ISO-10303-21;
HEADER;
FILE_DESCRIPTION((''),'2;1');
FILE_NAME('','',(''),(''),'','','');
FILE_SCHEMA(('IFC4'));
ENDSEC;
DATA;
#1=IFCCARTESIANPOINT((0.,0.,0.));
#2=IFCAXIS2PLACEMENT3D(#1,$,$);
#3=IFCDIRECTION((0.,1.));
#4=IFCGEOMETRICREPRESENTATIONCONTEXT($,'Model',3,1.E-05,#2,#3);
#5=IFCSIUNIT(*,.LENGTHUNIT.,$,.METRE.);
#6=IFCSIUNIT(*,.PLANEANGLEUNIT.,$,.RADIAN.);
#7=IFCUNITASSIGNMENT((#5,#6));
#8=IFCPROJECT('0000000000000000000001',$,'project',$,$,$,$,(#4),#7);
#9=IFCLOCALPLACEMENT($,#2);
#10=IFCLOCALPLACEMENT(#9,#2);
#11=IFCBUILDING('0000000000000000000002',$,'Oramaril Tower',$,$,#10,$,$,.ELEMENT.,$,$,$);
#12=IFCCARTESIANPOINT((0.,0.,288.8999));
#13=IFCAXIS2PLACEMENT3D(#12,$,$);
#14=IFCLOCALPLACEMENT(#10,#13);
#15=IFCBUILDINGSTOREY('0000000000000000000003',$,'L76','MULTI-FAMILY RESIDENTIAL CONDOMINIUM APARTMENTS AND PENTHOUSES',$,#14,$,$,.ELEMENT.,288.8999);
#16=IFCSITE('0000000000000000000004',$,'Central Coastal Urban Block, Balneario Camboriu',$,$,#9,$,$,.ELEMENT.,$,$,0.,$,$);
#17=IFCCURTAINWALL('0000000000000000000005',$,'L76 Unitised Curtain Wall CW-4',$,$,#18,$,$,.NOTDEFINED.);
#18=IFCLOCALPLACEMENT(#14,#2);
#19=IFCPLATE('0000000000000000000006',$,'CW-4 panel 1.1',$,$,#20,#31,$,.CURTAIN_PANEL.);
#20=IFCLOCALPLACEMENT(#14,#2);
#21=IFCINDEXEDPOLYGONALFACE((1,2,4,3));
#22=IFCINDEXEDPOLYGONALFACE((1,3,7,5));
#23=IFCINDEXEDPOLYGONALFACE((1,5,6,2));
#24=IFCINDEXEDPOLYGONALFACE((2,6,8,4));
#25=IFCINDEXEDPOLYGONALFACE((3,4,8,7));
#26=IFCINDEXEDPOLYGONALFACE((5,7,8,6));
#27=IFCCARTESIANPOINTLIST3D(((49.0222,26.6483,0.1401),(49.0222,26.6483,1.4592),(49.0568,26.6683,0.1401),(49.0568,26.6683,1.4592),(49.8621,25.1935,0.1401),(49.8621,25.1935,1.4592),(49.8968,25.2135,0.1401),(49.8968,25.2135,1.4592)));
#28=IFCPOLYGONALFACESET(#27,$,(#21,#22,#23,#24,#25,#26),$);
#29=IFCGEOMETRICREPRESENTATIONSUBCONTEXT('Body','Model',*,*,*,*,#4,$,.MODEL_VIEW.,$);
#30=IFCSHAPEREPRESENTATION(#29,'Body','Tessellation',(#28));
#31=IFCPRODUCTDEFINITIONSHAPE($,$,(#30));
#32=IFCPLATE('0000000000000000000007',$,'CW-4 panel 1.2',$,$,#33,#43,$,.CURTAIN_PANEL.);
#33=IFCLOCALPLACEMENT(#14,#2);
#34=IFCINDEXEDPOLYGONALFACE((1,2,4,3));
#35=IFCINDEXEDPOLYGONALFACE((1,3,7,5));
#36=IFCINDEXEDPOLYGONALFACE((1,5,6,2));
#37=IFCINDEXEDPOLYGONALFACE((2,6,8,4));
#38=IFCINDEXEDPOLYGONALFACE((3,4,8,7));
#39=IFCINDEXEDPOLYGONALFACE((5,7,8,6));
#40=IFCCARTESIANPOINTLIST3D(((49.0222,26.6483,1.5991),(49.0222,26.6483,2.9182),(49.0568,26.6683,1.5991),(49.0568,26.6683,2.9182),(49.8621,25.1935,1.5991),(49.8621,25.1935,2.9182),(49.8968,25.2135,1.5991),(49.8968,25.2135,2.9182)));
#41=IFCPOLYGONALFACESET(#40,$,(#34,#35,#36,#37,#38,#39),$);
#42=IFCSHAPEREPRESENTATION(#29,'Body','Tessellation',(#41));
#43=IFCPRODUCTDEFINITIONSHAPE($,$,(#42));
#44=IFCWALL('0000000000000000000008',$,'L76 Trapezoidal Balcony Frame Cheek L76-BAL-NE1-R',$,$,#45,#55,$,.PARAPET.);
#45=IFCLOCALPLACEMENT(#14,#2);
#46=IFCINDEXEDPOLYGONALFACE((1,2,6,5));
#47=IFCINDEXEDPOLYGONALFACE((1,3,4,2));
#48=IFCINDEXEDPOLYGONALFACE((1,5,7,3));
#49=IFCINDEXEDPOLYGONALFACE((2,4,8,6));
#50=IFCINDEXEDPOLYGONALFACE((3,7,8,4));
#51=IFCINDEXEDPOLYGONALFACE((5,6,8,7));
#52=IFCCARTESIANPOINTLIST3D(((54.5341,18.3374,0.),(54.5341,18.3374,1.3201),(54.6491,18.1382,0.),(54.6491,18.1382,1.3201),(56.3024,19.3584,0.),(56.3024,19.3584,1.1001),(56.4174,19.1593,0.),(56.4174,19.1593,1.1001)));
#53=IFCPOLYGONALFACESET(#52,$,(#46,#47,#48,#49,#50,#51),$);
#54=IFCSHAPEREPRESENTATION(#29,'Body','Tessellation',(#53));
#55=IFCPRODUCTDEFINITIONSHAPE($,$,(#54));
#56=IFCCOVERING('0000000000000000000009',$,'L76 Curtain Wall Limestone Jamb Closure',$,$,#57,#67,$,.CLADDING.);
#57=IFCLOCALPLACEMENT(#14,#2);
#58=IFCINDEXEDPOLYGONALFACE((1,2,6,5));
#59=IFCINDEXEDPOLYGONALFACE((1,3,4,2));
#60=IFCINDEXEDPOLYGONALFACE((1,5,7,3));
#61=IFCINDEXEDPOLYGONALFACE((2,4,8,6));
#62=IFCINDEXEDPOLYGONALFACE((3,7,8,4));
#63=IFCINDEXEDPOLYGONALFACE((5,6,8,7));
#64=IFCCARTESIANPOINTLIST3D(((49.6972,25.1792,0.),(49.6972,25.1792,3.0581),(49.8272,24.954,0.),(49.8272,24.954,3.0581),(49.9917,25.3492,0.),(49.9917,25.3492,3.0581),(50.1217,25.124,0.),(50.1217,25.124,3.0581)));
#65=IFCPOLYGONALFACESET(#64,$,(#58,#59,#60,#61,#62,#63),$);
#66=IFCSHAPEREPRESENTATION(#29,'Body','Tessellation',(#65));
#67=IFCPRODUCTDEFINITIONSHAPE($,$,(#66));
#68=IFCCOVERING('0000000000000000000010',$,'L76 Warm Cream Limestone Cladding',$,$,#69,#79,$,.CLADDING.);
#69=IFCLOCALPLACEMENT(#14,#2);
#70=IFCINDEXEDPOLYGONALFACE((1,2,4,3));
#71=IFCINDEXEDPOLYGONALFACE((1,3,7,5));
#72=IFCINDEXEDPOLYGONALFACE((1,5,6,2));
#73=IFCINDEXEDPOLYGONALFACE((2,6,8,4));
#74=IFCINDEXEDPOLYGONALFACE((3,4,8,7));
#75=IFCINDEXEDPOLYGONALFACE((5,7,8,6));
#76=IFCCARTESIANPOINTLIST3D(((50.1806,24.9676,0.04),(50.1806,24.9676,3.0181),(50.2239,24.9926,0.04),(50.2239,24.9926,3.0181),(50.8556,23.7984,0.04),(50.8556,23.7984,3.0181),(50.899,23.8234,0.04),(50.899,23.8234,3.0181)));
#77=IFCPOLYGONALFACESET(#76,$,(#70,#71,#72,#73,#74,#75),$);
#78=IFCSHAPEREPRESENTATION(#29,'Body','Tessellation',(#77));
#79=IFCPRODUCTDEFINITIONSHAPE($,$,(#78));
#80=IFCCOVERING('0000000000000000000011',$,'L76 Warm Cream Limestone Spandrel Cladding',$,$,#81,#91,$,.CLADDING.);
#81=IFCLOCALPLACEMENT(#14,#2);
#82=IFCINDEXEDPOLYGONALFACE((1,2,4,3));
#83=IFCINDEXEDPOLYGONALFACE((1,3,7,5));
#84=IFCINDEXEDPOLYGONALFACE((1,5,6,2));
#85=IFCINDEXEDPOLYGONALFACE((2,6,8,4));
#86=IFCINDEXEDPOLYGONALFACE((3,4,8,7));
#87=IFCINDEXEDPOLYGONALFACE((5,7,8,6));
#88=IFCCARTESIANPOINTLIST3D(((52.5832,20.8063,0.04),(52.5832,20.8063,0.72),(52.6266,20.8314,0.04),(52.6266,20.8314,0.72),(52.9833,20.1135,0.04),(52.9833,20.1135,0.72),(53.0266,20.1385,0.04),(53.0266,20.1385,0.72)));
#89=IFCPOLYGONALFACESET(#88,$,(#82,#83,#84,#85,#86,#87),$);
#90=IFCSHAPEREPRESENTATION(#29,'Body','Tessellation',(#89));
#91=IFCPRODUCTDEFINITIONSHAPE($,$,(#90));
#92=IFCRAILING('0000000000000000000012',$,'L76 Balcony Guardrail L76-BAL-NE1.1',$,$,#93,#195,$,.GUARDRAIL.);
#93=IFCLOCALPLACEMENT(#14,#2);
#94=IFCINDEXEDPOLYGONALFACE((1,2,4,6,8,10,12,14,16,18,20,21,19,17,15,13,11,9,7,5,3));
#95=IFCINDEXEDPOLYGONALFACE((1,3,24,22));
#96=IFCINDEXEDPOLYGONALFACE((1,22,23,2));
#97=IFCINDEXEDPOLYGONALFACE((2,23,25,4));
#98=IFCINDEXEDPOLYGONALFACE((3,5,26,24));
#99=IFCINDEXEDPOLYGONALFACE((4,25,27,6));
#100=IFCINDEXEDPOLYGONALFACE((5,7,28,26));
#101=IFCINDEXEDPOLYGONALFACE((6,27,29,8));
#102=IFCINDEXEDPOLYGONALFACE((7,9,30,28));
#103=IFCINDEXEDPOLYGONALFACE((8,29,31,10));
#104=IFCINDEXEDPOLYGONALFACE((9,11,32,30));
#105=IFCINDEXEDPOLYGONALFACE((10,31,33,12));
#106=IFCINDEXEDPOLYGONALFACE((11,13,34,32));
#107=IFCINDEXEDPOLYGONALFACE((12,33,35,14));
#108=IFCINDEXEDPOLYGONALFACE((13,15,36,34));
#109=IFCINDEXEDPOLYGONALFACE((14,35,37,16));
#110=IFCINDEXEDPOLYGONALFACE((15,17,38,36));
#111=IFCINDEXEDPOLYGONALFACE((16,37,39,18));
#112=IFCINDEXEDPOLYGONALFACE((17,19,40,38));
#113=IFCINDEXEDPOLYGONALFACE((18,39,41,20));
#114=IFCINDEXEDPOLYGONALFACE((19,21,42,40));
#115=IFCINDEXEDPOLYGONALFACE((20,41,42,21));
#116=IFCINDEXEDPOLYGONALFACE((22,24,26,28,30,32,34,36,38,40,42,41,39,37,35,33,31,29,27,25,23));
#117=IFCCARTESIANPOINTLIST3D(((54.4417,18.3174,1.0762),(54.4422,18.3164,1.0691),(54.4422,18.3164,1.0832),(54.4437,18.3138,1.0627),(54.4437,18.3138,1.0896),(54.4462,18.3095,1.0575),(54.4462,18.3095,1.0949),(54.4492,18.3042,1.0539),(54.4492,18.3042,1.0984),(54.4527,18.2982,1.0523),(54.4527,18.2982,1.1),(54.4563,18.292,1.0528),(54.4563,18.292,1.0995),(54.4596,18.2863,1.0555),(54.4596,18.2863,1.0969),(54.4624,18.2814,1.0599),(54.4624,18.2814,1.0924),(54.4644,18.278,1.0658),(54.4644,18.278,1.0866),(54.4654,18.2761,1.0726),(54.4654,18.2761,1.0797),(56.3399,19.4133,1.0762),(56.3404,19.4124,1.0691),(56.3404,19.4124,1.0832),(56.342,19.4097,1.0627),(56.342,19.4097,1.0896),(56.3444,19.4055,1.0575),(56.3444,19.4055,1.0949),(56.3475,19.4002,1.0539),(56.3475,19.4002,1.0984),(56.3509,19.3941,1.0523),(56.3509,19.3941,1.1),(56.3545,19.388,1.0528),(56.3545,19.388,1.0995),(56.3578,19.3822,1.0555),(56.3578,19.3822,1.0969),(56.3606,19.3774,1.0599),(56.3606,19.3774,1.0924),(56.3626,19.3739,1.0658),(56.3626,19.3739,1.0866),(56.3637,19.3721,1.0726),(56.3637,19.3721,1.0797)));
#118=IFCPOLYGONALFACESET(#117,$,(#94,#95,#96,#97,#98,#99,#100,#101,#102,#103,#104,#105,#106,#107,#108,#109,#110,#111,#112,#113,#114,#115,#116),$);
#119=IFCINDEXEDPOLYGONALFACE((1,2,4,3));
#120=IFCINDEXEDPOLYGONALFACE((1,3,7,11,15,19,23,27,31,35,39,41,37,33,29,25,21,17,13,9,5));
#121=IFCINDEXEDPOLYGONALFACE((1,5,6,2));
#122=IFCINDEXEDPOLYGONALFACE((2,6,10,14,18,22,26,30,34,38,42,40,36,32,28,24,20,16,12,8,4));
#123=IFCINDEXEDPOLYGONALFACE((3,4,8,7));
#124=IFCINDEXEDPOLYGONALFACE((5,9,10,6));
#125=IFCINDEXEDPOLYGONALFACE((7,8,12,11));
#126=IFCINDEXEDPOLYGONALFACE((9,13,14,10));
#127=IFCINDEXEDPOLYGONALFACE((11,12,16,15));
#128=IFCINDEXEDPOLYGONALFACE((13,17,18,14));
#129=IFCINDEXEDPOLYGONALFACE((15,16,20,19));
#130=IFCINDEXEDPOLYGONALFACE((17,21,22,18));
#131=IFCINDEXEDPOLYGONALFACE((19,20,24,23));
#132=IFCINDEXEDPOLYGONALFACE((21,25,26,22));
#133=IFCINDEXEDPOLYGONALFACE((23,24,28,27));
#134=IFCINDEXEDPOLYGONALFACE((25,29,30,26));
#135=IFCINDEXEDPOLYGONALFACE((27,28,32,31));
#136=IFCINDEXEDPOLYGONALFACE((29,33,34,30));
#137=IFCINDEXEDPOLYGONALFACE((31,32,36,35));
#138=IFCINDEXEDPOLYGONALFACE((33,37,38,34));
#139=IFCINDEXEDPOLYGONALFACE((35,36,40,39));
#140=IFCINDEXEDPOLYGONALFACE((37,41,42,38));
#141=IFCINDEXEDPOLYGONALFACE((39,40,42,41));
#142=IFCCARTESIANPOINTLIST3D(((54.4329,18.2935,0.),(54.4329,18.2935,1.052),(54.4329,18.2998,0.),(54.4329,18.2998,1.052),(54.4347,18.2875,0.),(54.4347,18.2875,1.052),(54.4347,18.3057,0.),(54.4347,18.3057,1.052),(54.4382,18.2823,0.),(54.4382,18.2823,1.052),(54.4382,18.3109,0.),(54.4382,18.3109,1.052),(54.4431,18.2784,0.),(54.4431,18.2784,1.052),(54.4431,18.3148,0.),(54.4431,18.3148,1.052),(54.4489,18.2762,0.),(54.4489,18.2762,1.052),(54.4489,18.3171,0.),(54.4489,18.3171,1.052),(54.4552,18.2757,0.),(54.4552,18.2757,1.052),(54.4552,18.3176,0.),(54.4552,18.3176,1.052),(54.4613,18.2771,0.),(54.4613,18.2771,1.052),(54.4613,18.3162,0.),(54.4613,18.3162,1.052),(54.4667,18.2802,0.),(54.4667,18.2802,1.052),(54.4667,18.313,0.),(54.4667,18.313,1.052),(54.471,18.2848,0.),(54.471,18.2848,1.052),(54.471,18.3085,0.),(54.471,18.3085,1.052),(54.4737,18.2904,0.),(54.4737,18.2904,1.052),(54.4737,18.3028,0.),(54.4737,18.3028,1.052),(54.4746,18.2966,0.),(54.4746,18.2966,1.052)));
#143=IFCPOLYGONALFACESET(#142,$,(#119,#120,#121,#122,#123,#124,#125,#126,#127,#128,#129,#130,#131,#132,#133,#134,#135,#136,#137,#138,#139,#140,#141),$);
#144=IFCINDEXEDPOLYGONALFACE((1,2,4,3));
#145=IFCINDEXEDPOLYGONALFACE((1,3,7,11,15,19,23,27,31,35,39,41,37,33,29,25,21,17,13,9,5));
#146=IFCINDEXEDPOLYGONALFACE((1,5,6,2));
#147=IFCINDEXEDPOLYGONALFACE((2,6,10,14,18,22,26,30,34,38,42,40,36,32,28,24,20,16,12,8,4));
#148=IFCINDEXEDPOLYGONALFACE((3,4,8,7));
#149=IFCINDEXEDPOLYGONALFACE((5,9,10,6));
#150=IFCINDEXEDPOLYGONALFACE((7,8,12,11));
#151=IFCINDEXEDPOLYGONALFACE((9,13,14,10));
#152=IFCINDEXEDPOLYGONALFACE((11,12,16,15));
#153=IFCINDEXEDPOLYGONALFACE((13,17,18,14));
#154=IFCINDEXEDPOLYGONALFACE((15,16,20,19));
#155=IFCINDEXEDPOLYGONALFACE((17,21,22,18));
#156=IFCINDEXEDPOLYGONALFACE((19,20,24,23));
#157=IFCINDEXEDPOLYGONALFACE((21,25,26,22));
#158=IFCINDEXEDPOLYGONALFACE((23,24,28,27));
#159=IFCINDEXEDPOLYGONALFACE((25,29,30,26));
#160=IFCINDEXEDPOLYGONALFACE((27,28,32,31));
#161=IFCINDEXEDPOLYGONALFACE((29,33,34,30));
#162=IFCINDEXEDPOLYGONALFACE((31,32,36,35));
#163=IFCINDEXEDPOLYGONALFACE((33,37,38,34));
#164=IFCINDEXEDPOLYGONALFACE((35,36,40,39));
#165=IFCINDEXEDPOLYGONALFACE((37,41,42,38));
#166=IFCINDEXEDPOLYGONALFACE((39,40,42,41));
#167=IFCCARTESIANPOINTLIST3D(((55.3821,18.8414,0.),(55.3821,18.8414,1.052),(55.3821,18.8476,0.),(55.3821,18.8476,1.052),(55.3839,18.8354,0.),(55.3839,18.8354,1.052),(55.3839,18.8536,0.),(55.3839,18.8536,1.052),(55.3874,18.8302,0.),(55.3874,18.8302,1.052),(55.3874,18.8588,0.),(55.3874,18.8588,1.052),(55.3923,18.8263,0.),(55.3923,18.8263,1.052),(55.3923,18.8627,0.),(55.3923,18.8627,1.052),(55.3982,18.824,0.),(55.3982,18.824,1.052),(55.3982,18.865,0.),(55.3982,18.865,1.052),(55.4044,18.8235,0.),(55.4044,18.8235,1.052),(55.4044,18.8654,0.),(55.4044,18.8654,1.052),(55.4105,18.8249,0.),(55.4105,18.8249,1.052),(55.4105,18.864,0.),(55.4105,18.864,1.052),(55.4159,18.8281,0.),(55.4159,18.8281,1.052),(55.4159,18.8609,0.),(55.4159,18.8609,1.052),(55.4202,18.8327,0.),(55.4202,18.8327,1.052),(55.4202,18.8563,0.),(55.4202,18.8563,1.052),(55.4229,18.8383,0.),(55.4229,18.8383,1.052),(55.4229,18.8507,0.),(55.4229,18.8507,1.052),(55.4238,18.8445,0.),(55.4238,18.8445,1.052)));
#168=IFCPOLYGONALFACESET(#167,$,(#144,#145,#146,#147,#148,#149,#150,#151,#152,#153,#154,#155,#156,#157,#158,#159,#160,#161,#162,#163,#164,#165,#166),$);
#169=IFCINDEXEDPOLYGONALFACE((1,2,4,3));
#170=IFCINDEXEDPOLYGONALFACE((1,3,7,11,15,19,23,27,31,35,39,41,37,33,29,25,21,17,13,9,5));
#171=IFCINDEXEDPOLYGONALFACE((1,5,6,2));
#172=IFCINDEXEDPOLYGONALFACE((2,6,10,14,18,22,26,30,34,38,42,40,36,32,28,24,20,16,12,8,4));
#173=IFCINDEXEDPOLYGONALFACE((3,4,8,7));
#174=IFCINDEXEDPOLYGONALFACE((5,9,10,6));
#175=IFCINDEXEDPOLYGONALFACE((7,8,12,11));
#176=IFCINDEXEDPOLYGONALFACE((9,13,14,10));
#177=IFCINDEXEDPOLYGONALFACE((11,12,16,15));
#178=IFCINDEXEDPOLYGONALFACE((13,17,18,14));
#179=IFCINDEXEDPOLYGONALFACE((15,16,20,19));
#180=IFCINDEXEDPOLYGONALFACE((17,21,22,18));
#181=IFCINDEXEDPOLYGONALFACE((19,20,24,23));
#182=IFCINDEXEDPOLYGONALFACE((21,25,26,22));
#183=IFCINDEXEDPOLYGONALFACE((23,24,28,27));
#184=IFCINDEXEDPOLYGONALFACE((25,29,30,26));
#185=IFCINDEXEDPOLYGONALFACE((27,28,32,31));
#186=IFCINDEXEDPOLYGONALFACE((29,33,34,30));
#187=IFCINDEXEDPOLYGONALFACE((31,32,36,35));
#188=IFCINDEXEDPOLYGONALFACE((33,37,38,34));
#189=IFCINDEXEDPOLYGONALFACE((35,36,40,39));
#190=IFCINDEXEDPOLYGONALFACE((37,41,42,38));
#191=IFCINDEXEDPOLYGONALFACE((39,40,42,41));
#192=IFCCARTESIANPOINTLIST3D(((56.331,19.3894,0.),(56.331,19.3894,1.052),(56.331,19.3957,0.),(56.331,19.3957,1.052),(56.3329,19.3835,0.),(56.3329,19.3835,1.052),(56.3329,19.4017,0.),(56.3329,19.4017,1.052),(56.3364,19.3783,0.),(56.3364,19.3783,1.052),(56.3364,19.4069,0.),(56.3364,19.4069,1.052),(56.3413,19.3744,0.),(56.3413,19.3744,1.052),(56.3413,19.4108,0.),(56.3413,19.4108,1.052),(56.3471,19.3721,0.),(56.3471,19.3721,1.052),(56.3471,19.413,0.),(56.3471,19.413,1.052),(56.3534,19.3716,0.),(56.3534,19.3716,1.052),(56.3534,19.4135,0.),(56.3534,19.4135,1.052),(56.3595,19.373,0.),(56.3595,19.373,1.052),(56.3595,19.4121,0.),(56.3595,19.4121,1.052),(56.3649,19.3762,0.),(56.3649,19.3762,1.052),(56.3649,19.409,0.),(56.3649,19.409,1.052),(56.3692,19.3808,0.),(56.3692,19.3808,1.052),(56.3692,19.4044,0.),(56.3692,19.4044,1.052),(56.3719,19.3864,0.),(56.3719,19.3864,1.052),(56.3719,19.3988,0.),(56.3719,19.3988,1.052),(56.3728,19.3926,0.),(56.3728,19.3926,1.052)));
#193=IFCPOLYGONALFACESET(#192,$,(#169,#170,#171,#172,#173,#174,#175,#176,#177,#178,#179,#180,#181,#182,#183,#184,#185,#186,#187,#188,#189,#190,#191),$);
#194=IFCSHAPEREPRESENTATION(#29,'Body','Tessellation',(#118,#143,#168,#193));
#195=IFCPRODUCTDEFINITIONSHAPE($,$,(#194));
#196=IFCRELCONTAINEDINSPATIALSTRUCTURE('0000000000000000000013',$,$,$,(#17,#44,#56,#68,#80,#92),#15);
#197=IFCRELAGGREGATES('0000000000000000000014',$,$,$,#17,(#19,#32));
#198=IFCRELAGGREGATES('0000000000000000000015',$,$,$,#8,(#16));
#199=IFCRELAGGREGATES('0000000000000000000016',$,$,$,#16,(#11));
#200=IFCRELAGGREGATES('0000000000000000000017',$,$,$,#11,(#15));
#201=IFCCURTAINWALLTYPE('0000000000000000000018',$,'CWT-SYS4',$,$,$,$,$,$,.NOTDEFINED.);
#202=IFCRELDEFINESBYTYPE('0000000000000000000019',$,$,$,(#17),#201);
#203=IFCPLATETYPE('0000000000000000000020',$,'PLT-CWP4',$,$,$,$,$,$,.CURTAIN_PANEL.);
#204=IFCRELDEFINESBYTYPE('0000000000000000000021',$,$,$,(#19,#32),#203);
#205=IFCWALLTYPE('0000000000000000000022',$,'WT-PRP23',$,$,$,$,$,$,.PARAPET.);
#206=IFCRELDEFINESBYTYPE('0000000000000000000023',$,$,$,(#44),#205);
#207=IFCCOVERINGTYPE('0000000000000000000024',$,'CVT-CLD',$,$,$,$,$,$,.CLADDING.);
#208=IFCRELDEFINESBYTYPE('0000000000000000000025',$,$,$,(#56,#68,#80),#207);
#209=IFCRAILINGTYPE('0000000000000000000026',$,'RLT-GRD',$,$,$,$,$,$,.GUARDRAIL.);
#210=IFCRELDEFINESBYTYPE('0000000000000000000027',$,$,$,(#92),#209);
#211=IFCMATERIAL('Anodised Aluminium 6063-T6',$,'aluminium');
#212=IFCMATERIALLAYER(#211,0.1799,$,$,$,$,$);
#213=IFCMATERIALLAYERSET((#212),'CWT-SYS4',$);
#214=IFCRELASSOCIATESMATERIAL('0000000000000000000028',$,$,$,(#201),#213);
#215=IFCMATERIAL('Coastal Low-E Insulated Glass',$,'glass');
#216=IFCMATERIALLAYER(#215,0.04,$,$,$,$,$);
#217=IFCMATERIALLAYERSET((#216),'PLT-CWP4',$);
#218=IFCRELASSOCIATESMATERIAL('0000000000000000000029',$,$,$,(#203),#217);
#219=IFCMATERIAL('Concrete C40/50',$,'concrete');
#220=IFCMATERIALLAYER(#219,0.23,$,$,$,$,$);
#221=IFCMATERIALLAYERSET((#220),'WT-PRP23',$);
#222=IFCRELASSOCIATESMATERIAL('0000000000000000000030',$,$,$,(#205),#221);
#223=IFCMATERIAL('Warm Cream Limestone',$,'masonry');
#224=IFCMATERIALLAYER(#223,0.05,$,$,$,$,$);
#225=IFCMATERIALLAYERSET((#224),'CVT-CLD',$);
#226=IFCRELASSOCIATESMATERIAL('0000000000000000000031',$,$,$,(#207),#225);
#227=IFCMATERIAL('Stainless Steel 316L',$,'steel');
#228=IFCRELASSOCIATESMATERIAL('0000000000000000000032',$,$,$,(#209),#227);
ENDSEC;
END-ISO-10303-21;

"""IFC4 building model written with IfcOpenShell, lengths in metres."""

from ifc_helpers import new_model, si_unit, direction, frame, origin, origin_2d, place, context, subcontext, project, spatial, polyline, rectangle, circle, outline, extrude, material, layer, layer_set, type_object, element, aggregate, save


model = new_model("IFC4")

# Units and contexts
model_context = context("Model", 3, precision=1e-05, world=origin(), true_north=direction((0.0, 1.0)))
body_context = subcontext(model_context, "Body", "Model", "MODEL_VIEW")
ifc_project = project(units=[si_unit("LENGTHUNIT", "METRE"), si_unit("PLANEANGLEUNIT", "RADIAN")], contexts=[model_context])

# Site, building, storey
site_placement = place(None, origin())
site = spatial("IfcSite", under=ifc_project, at=site_placement, Name="Central Coastal Urban Block, Balneario Camboriu", CompositionType="ELEMENT", RefElevation=0.0)
building_placement = place(site_placement, origin())
building = spatial("IfcBuilding", under=site, at=building_placement, Name="Oramaril Tower", CompositionType="ELEMENT")
storey_placement = place(building_placement, frame((0.0, 0.0, 288.8999)))
storey = spatial("IfcBuildingStorey", under=building, at=storey_placement, Name="L76", Description="MULTI-FAMILY RESIDENTIAL CONDOMINIUM APARTMENTS AND PENTHOUSES", CompositionType="ELEMENT", Elevation=288.8999)

# Curtain wall, plates
ifc_material_1 = material(Name="Anodised Aluminium 6063-T6", Category="aluminium")
ifc_layer_1 = layer(ifc_material_1, 0.1799)
ifc_layer_set_1 = layer_set([ifc_layer_1], Name="CWT-SYS4")
curtain_wall_type = type_object("IfcCurtainWallType", Name="CWT-SYS4", PredefinedType="NOTDEFINED", material=ifc_layer_set_1)
curtain_wall_placement = place(storey_placement, origin())
curtain_wall = element("IfcCurtainWall", 1, at=curtain_wall_placement, inside=storey, type_object=curtain_wall_type, Name="L76 Unitised Curtain Wall CW-4", PredefinedType="NOTDEFINED")
ifc_material_2 = material(Name="Coastal Low-E Insulated Glass", Category="glass")
ifc_layer_2 = layer(ifc_material_2, 0.04)
ifc_layer_set_2 = layer_set([ifc_layer_2], Name="PLT-CWP4")
plate_type = type_object("IfcPlateType", Name="PLT-CWP4", PredefinedType="CURTAIN_PANEL", material=ifc_layer_set_2)
plate_1_placement = place(storey_placement, frame((49.4595, 25.9309, 0.1401), z_axis=(0.0, 0.0, 1.0), x_axis=(-0.5, 0.866025, 0.0)))
plate_1 = element("IfcPlate", 2, at=plate_1_placement, type_object=plate_type, Name="CW-4 panel 1.1", PredefinedType="CURTAIN_PANEL", context=body_context, shape_type="SweptSolid", body=[
    extrude(rectangle(XDim=1.6799, YDim=0.04, at=origin_2d()), origin(), (0.0, 0.0, 1.0), 1.3191),
])
plate_2_placement = place(storey_placement, frame((49.4595, 25.9309, 1.5991), z_axis=(0.0, 0.0, 1.0), x_axis=(-0.5, 0.866025, 0.0)))
plate_2 = element("IfcPlate", 3, at=plate_2_placement, type_object=plate_type, Name="CW-4 panel 1.2", PredefinedType="CURTAIN_PANEL", context=body_context, shape_type="SweptSolid", body=[
    extrude(rectangle(XDim=1.6799, YDim=0.04, at=origin_2d()), origin(), (0.0, 0.0, 1.0), 1.3191),
])
aggregate(curtain_wall, [plate_1, plate_2])

# Wall
ifc_material_3 = material(Name="Concrete C40/50", Category="concrete")
ifc_layer_3 = layer(ifc_material_3, 0.23)
ifc_layer_set_3 = layer_set([ifc_layer_3], Name="WT-PRP23")
wall_type = type_object("IfcWallType", Name="WT-PRP23", PredefinedType="PARAPET", material=ifc_layer_set_3)
wall_placement = place(storey_placement, frame((54.5916, 18.2378, 0.0), z_axis=(0.0, 0.0, 1.0), x_axis=(0.866012, 0.500023, 0.0)))
element("IfcWall", 4, at=wall_placement, inside=storey, type_object=wall_type, Name="L76 Trapezoidal Balcony Frame Cheek L76-BAL-NE1-R", PredefinedType="PARAPET", context=body_context, shape_type="SweptSolid", body=[
    extrude(outline(polyline([(0.0, 0.0), (2.042, 0.0), (2.042, 1.1001), (0.0, 1.3201), (0.0, 0.0)])), frame((0.0, 0.115, 0.0), z_axis=(0.0, -1.0, 0.0), x_axis=(1.0, 0.0, 0.0)), (0.0, 0.0, 1.0), 0.23),
])

# Coverings
ifc_material_4 = material(Name="Warm Cream Limestone", Category="masonry")
ifc_layer_4 = layer(ifc_material_4, 0.05)
ifc_layer_set_4 = layer_set([ifc_layer_4], Name="CVT-CLD")
covering_type = type_object("IfcCoveringType", Name="CVT-CLD", PredefinedType="CLADDING", material=ifc_layer_set_4)
covering_1_placement = place(storey_placement, frame((49.9094, 25.1516, 0.0), z_axis=(0.0, 0.0, 1.0), x_axis=(-0.5, 0.866025, 0.0)))
element("IfcCovering", 5, at=covering_1_placement, inside=storey, type_object=covering_type, Name="L76 Curtain Wall Limestone Jamb Closure", PredefinedType="CLADDING", context=body_context, shape_type="SweptSolid", body=[
    extrude(rectangle(XDim=0.26, YDim=0.3401, at=origin_2d()), origin(), (0.0, 0.0, 1.0), 3.0581),
])
covering_2_placement = place(storey_placement, frame((50.5398, 24.3955, 0.04), z_axis=(0.0, 0.0, 1.0), x_axis=(-0.499998, 0.866026, 0.0)))
element("IfcCovering", 6, at=covering_2_placement, inside=storey, type_object=covering_type, Name="L76 Warm Cream Limestone Cladding", PredefinedType="CLADDING", context=body_context, shape_type="SweptSolid", body=[
    extrude(rectangle(XDim=1.3501, YDim=0.05, at=origin_2d()), origin(), (0.0, 0.0, 1.0), 2.978),
])
covering_3_placement = place(storey_placement, frame((52.8049, 20.4724, 0.04), z_axis=(0.0, 0.0, 1.0), x_axis=(-0.499998, 0.866026, 0.0)))
element("IfcCovering", 7, at=covering_3_placement, inside=storey, type_object=covering_type, Name="L76 Warm Cream Limestone Spandrel Cladding", PredefinedType="CLADDING", context=body_context, shape_type="SweptSolid", body=[
    extrude(rectangle(XDim=0.8, YDim=0.05, at=origin_2d()), origin(), (0.0, 0.0, 1.0), 0.6799),
])

# Railing
ifc_material_5 = material(Name="Stainless Steel 316L", Category="steel")
railing_type = type_object("IfcRailingType", Name="RLT-GRD", PredefinedType="GUARDRAIL", material=ifc_material_5)
railing_1_placement = place(storey_placement, frame((54.4536, 18.2966, 0.0)))
element("IfcRailing", 8, at=railing_1_placement, inside=storey, type_object=railing_type, Name="L76 Balcony Guardrail L76-BAL-NE1.1", PredefinedType="GUARDRAIL", context=body_context, shape_type="SweptSolid", body=[
    extrude(circle(Radius=0.0239, at=origin_2d()), frame((0.0, 0.0, 1.0762), z_axis=(0.866021, 0.500008, 0.0), x_axis=(-0.500008, 0.866021, 0.0)), (0.0, 0.0, 1.0), 2.1919),
    extrude(circle(Radius=0.021, at=origin_2d()), origin(), (0.0, 0.0, 1.0), 1.052),
    extrude(circle(Radius=0.021, at=origin_2d()), frame((0.9492, 0.5479, 0.0)), (0.0, 0.0, 1.0), 1.052),
    extrude(circle(Radius=0.021, at=origin_2d()), frame((1.8982, 1.0959, 0.0)), (0.0, 0.0, 1.0), 1.052),
])

save(model, "model.ifc")
